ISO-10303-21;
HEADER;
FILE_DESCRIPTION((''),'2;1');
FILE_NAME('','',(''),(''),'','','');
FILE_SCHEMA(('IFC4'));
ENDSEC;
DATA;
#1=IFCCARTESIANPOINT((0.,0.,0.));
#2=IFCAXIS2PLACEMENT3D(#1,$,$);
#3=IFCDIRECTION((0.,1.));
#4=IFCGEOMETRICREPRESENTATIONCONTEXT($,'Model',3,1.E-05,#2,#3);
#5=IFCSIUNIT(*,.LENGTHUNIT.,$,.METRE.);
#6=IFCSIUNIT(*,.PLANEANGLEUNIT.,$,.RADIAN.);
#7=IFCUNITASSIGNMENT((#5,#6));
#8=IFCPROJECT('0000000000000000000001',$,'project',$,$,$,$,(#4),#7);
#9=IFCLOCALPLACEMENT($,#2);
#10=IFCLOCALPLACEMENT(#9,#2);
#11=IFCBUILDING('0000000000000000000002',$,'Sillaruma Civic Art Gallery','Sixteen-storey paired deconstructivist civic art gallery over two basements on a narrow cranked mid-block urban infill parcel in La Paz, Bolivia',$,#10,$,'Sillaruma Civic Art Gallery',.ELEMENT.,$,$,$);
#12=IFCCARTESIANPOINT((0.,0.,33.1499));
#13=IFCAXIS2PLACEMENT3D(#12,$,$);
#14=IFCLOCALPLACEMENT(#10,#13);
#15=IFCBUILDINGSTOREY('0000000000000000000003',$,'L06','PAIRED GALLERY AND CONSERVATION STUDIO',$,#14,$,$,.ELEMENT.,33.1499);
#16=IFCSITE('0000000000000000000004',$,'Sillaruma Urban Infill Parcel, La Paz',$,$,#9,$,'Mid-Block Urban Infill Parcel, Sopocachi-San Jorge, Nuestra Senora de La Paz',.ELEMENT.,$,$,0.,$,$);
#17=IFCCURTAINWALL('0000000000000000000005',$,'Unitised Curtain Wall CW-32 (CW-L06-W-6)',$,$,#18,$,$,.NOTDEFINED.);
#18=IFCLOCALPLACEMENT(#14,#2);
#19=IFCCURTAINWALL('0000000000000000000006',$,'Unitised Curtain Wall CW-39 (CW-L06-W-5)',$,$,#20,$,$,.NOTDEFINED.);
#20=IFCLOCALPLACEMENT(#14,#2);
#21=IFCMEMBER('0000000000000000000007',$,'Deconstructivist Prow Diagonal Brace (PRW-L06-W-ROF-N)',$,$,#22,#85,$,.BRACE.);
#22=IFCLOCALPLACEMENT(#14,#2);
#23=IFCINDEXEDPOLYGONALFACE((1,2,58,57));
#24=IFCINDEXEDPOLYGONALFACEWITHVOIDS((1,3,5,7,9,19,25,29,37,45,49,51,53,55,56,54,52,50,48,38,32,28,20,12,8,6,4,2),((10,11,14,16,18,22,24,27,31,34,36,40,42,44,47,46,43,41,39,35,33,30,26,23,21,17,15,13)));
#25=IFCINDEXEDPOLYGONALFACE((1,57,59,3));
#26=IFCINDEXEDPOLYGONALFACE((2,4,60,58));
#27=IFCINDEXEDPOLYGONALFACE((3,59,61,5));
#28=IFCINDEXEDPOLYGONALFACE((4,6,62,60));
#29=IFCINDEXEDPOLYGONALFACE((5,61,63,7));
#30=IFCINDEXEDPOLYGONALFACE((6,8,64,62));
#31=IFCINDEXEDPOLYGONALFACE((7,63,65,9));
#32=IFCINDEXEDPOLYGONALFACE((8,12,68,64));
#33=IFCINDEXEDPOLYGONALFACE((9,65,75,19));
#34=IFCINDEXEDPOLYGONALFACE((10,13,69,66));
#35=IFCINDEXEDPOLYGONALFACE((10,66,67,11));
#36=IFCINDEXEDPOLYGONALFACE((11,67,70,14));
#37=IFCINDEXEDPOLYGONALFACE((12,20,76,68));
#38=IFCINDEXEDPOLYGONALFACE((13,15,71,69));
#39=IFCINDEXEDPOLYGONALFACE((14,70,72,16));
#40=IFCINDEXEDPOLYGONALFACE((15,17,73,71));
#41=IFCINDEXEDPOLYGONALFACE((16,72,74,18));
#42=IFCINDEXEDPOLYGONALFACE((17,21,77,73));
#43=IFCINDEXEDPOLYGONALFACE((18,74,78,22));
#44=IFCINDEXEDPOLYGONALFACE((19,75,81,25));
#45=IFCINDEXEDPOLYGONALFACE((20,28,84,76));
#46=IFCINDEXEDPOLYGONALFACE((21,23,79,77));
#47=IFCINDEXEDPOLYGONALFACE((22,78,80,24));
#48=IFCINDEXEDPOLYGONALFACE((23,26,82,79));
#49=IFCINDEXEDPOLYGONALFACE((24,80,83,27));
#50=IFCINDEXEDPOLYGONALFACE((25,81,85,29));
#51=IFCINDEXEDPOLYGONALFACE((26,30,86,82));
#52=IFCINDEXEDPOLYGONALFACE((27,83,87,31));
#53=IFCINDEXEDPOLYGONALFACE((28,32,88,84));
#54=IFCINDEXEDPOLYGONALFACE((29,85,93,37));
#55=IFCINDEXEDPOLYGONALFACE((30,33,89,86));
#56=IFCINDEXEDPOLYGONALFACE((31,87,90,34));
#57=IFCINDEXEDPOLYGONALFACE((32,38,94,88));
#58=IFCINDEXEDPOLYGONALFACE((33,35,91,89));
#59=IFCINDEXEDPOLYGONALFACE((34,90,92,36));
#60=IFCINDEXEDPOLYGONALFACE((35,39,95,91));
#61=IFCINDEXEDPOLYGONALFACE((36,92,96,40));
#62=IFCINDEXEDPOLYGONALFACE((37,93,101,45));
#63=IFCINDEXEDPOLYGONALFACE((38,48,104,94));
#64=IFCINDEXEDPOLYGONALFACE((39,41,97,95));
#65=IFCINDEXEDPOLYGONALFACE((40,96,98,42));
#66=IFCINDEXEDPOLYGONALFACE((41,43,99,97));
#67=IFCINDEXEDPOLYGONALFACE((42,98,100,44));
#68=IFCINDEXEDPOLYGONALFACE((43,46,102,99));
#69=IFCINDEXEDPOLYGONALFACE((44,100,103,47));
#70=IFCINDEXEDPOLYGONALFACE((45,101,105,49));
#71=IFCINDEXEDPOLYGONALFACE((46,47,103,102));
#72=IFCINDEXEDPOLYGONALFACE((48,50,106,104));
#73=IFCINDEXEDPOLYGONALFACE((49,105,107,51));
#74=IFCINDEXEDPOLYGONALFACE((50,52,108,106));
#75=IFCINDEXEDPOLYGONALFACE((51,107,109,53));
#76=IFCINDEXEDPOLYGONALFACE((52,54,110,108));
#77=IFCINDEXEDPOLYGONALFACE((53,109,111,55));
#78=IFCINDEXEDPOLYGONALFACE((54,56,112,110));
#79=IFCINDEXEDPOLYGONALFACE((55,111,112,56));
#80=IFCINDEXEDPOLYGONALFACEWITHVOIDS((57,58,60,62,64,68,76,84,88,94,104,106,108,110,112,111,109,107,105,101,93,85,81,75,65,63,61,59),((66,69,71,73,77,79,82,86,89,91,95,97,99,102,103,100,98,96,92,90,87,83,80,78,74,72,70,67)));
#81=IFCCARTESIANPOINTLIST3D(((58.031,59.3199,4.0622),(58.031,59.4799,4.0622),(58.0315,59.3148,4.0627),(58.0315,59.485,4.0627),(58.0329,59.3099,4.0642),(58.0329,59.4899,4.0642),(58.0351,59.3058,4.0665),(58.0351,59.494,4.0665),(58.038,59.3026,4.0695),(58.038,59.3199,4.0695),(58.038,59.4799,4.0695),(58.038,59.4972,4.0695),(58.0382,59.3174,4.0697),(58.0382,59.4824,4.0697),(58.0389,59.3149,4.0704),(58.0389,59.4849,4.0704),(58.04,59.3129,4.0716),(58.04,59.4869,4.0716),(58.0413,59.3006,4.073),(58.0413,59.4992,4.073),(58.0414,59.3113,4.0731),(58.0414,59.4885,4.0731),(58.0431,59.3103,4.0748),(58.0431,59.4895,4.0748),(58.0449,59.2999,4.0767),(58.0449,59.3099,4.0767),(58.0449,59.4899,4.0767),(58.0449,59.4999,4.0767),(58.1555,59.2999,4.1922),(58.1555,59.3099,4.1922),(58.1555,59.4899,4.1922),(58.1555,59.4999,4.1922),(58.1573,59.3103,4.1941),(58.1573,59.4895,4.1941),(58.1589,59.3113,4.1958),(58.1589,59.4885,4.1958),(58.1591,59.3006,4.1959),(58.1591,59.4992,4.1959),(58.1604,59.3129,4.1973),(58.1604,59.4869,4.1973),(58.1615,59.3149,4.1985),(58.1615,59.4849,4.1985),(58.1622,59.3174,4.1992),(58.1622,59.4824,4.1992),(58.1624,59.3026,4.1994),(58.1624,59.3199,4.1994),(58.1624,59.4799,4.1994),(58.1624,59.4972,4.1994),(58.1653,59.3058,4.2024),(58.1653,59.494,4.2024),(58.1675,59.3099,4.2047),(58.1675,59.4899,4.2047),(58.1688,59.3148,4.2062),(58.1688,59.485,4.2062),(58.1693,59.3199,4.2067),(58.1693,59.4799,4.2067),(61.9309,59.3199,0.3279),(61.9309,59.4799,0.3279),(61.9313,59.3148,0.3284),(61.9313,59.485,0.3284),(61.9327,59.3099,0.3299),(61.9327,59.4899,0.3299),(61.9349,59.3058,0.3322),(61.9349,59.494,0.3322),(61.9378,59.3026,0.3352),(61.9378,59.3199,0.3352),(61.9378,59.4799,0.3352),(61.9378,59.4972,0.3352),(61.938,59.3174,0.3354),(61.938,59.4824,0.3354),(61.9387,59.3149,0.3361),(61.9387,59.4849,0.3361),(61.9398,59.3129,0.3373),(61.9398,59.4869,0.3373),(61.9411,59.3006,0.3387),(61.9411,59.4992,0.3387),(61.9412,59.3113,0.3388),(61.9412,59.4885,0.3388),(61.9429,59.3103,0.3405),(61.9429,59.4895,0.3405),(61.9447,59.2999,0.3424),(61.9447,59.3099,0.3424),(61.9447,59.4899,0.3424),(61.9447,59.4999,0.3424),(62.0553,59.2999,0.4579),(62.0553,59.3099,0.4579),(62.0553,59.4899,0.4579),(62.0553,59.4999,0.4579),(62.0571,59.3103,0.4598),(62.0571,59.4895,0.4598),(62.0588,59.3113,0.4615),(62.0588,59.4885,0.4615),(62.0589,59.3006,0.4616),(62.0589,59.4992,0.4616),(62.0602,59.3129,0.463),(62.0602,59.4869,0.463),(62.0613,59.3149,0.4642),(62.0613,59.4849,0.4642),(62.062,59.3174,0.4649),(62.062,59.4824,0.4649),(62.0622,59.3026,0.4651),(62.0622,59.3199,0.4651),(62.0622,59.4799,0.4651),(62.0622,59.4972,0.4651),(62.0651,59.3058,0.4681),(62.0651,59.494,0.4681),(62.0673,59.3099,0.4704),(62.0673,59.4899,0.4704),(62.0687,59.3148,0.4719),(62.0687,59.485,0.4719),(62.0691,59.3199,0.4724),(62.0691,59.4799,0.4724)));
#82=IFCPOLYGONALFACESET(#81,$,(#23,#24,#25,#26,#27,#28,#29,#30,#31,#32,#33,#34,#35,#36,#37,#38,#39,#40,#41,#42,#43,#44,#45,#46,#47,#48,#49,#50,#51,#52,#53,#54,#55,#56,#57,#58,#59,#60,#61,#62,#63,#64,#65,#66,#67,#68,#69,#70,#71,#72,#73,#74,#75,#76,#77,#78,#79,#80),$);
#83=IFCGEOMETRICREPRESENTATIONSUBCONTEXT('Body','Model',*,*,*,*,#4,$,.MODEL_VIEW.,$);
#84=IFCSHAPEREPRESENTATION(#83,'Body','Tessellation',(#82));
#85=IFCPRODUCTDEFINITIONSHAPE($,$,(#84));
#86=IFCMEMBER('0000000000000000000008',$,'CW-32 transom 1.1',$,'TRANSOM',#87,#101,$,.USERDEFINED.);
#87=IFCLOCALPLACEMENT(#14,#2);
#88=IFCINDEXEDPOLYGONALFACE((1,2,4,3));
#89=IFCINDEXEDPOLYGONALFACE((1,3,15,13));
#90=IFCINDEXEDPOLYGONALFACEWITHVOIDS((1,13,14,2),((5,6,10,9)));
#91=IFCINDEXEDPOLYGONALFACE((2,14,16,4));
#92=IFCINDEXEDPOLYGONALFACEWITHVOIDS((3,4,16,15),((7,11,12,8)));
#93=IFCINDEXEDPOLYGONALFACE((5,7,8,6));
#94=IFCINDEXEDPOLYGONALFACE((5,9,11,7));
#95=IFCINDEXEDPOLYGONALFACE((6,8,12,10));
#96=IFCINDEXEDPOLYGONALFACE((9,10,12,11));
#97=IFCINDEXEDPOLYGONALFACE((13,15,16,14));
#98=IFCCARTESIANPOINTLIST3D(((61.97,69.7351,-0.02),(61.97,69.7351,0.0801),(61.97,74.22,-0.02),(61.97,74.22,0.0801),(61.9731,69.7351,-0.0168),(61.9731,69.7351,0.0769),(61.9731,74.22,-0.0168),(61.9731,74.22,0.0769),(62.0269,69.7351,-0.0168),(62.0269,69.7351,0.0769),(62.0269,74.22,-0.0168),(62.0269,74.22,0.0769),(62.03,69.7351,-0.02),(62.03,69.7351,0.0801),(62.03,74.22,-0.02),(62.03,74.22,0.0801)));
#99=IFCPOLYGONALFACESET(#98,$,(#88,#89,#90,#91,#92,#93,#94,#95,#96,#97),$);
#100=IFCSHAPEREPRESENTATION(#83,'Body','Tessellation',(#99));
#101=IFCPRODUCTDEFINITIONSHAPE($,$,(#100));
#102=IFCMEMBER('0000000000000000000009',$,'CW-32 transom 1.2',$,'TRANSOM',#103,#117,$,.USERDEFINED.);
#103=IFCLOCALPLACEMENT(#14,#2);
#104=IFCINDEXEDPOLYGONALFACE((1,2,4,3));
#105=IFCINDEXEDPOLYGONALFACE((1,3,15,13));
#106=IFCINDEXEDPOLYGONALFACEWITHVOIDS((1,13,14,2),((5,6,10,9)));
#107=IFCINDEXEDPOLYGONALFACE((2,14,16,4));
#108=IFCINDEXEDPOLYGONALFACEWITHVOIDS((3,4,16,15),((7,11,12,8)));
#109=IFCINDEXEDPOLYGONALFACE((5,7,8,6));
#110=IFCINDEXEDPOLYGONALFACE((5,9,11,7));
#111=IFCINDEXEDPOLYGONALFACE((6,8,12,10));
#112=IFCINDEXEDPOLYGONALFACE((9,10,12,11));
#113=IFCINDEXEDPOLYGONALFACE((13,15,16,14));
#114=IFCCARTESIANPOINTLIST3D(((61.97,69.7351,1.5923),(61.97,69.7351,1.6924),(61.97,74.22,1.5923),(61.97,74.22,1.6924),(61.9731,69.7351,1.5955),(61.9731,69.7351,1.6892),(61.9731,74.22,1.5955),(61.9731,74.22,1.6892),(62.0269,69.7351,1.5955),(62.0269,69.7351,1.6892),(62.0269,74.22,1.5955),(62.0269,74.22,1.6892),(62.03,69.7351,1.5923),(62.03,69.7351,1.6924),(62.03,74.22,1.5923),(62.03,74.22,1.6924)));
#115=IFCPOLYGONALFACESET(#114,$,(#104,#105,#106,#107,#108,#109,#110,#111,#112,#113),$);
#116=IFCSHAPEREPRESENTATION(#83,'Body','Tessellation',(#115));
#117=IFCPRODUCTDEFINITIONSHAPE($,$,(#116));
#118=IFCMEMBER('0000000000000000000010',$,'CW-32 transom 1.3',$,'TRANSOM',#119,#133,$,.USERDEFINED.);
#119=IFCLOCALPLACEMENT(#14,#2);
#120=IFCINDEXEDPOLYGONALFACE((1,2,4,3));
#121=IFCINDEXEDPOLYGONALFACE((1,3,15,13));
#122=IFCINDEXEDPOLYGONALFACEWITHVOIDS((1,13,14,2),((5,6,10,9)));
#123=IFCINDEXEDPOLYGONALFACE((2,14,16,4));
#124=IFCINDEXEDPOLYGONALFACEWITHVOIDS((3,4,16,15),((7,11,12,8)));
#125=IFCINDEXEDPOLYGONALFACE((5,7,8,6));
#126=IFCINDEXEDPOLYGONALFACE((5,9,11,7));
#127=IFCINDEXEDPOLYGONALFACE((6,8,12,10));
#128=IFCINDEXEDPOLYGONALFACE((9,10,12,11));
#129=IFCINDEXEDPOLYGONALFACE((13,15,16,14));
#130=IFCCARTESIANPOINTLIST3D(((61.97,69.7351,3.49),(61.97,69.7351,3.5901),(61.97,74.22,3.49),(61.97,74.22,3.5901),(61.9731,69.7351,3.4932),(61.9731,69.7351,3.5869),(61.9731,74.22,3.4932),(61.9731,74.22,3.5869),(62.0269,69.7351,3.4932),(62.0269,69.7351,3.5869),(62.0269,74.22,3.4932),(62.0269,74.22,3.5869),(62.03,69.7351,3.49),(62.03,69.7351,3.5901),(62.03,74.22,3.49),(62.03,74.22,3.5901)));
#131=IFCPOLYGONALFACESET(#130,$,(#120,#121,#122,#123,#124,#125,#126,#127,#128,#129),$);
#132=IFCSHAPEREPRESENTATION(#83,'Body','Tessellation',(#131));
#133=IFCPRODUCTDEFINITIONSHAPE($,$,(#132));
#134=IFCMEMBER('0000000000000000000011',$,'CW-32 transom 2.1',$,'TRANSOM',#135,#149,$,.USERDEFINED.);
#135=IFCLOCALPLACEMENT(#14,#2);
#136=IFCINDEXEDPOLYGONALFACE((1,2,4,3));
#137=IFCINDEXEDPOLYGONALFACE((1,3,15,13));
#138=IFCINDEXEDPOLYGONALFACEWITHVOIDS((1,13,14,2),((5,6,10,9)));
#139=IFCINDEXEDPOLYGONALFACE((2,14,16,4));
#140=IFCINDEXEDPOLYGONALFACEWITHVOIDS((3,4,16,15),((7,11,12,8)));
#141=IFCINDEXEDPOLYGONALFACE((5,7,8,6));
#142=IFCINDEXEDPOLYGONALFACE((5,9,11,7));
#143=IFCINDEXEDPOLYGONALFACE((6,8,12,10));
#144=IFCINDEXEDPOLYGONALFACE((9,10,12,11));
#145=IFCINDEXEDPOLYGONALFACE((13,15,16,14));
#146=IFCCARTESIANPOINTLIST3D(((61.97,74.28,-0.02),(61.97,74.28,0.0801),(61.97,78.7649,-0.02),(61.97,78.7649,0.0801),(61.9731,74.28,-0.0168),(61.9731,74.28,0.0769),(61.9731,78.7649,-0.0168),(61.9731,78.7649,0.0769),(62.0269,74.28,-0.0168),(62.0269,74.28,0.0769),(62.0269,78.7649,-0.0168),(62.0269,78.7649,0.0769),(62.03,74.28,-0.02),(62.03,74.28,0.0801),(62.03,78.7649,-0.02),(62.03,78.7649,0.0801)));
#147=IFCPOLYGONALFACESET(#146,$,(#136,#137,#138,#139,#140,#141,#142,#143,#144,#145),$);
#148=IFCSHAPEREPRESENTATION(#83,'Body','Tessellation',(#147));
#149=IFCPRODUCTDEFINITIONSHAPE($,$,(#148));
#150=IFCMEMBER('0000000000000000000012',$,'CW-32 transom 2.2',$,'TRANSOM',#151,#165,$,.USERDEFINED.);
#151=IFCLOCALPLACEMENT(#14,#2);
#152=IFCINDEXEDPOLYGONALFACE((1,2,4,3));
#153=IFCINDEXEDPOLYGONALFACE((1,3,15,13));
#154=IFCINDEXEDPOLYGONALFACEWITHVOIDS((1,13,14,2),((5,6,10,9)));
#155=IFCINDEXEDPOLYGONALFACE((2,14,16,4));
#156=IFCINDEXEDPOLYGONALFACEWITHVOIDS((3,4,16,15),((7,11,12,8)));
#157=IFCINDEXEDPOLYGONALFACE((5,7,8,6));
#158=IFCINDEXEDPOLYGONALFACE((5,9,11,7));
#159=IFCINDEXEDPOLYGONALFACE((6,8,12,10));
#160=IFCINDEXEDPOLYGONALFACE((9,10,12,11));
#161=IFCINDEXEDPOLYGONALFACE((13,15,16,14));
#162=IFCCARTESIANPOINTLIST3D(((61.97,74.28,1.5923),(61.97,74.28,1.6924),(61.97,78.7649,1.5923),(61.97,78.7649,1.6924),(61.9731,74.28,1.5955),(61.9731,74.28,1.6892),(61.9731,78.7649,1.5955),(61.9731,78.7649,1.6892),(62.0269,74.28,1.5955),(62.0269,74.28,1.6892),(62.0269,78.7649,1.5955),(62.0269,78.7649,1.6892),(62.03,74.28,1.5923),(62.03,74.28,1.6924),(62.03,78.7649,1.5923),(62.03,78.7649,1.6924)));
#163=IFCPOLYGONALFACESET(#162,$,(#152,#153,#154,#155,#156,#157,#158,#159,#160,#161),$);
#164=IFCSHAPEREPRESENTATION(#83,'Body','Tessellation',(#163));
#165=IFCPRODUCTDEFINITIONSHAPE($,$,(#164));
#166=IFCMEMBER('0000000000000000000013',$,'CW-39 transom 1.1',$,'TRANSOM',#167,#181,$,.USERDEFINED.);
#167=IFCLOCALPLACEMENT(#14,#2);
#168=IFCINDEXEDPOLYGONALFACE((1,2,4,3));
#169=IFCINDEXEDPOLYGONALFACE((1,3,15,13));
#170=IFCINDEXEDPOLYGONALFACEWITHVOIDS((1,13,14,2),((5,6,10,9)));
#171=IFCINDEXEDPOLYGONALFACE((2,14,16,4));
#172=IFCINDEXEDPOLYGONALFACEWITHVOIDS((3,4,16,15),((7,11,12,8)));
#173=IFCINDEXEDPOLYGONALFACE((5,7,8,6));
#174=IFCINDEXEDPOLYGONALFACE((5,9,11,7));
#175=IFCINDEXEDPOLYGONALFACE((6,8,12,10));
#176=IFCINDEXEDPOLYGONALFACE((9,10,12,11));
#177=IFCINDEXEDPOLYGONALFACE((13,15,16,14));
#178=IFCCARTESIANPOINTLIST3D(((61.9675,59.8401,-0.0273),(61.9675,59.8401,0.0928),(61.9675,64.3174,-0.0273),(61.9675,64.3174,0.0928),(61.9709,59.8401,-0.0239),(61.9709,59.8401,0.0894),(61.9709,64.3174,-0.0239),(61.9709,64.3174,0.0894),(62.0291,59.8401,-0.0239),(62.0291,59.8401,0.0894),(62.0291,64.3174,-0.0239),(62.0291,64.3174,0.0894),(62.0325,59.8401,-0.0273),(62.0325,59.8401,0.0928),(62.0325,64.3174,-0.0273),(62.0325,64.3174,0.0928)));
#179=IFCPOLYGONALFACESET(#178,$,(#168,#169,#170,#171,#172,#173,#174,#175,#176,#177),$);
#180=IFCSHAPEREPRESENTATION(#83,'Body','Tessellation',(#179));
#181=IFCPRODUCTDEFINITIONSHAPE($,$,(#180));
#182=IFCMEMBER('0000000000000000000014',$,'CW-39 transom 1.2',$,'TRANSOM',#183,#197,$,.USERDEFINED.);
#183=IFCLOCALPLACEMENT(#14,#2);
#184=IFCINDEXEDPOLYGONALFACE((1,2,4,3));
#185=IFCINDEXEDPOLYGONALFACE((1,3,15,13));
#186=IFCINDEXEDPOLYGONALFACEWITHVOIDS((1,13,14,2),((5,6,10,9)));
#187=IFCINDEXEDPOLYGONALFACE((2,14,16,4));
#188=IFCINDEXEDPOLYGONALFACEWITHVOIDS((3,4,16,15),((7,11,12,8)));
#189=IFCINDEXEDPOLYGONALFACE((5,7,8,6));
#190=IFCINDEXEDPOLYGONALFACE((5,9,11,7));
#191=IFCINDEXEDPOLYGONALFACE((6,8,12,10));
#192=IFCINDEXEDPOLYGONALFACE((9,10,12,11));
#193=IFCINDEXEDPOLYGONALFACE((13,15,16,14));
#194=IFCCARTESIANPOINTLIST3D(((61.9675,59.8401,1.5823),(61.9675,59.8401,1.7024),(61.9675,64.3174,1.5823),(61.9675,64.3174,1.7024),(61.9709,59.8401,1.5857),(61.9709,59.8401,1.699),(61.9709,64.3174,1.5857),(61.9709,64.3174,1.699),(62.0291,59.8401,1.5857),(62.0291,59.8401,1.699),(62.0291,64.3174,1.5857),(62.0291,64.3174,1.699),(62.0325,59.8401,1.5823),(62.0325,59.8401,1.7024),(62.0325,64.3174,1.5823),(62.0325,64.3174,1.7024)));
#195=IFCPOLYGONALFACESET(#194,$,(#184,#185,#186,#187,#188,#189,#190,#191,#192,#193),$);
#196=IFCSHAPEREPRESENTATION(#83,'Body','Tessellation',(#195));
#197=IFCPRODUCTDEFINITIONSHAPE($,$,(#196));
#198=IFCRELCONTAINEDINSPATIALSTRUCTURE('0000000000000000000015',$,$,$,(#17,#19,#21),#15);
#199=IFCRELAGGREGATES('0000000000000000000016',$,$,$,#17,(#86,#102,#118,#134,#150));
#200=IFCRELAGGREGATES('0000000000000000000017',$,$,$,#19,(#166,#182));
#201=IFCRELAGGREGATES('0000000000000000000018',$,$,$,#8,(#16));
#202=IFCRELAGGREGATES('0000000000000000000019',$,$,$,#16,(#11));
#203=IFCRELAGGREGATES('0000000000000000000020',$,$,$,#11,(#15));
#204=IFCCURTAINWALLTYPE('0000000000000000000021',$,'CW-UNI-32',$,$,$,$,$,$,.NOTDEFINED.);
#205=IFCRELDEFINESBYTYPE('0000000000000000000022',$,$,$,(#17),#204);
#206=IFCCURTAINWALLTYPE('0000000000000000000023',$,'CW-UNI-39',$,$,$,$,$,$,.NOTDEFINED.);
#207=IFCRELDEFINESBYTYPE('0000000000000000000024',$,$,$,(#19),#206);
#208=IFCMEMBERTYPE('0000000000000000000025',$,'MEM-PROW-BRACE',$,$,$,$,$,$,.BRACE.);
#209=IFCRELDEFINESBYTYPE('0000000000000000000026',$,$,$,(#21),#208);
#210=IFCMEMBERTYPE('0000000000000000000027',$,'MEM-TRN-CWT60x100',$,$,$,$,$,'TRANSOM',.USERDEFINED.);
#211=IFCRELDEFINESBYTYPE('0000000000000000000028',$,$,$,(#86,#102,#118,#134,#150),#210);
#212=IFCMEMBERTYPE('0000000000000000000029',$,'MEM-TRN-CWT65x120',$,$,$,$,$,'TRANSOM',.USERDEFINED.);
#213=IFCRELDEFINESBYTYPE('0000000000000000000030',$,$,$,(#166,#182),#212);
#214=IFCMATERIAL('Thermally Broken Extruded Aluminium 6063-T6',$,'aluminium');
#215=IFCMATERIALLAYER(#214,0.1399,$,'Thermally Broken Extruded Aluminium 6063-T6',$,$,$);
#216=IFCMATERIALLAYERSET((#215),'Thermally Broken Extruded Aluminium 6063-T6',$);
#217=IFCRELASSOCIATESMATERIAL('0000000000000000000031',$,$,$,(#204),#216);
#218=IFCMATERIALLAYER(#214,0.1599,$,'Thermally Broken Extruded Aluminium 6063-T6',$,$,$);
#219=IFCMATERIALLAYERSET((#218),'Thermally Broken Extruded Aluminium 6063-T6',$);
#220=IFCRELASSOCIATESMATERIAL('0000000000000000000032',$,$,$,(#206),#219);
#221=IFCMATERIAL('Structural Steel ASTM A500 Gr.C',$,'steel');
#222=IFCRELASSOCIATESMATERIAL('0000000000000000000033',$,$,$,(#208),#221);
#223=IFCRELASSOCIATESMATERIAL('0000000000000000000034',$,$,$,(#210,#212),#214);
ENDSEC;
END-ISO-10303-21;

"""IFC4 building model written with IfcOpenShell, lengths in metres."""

from ifc_helpers import new_model, si_unit, direction, frame, origin, origin_2d, place, context, subcontext, project, spatial, hollow_rectangle, extrude, material, layer, layer_set, material_profile, profile_set, type_object, element, aggregate, save


model = new_model("IFC4")

# Units and contexts
model_context = context("Model", 3, precision=1e-05, world=origin(), true_north=direction((0.0, 1.0)))
body_context = subcontext(model_context, "Body", "Model", "MODEL_VIEW")
ifc_project = project(units=[si_unit("LENGTHUNIT", "METRE"), si_unit("PLANEANGLEUNIT", "RADIAN")], contexts=[model_context])

# Site, building, storey
site_placement = place(None, origin())
site = spatial("IfcSite", under=ifc_project, at=site_placement, Name="Sillaruma Urban Infill Parcel, La Paz", LongName="Mid-Block Urban Infill Parcel, Sopocachi-San Jorge, Nuestra Senora de La Paz", CompositionType="ELEMENT", RefElevation=0.0)
building_placement = place(site_placement, origin())
building = spatial("IfcBuilding", under=site, at=building_placement, Name="Sillaruma Civic Art Gallery", Description="Sixteen-storey paired deconstructivist civic art gallery over two basements on a narrow cranked mid-block urban infill parcel in La Paz, Bolivia", LongName="Sillaruma Civic Art Gallery", CompositionType="ELEMENT")
storey_placement = place(building_placement, frame((0.0, 0.0, 33.1499)))
storey = spatial("IfcBuildingStorey", under=building, at=storey_placement, Name="L06", Description="PAIRED GALLERY AND CONSERVATION STUDIO", CompositionType="ELEMENT", Elevation=33.1499)

# Curtain walls
ifc_material_1 = material(Name="Thermally Broken Extruded Aluminium 6063-T6", Category="aluminium")
ifc_layer_1 = layer(ifc_material_1, 0.1399, Name="Thermally Broken Extruded Aluminium 6063-T6")
ifc_layer_set_1 = layer_set([ifc_layer_1], Name="Thermally Broken Extruded Aluminium 6063-T6")
curtain_wall_type_1 = type_object("IfcCurtainWallType", Name="CW-UNI-32", PredefinedType="NOTDEFINED", material=ifc_layer_set_1)
curtain_wall_1_placement = place(storey_placement, origin())
curtain_wall_1 = element("IfcCurtainWall", 1, at=curtain_wall_1_placement, inside=storey, type_object=curtain_wall_type_1, Name="Unitised Curtain Wall CW-32 (CW-L06-W-6)", PredefinedType="NOTDEFINED")
ifc_layer_2 = layer(ifc_material_1, 0.1599, Name="Thermally Broken Extruded Aluminium 6063-T6")
ifc_layer_set_2 = layer_set([ifc_layer_2], Name="Thermally Broken Extruded Aluminium 6063-T6")
curtain_wall_type_2 = type_object("IfcCurtainWallType", Name="CW-UNI-39", PredefinedType="NOTDEFINED", material=ifc_layer_set_2)
curtain_wall_2_placement = place(storey_placement, origin())
curtain_wall_2 = element("IfcCurtainWall", 2, at=curtain_wall_2_placement, inside=storey, type_object=curtain_wall_type_2, Name="Unitised Curtain Wall CW-39 (CW-L06-W-5)", PredefinedType="NOTDEFINED")

# Members
ifc_material_2 = material(Name="Structural Steel ASTM A500 Gr.C", Category="steel")
ifc_material_profile_1 = material_profile(ifc_material_2, hollow_rectangle(XDim=0.2, YDim=0.2, WallThickness=0.01, InnerFilletRadius=0.01, OuterFilletRadius=0.02, at=origin_2d()), Name="HSS200x200x10")
ifc_profile_set_1 = profile_set([ifc_material_profile_1], Name="Structural Steel ASTM A500 Gr.C")
member_type_1 = type_object("IfcMemberType", Name="MEM-PROW-BRACE", PredefinedType="BRACE", material=ifc_profile_set_1)
member_1_placement = place(storey_placement, frame((62.0, 59.3999, 0.4001), z_axis=(-0.722269, 0.0, 0.691613), x_axis=(0.0, -1.0, 0.0)))
element("IfcMember", 3, at=member_1_placement, inside=storey, type_object=member_type_1, Name="Deconstructivist Prow Diagonal Brace (PRW-L06-W-ROF-N)", PredefinedType="BRACE", context=body_context, shape_type="SweptSolid", body=[
    extrude(hollow_rectangle(XDim=0.2, YDim=0.2, WallThickness=0.01, InnerFilletRadius=0.01, OuterFilletRadius=0.02, at=origin_2d()), origin(), (0.0, 0.0, 1.0), 5.3994),
])
ifc_material_profile_2 = material_profile(ifc_material_1, hollow_rectangle(XDim=0.0601, YDim=0.1001, WallThickness=0.0032, at=origin_2d()), Name="CWT60x100")
ifc_profile_set_2 = profile_set([ifc_material_profile_2], Name="Thermally Broken Extruded Aluminium 6063-T6")
member_type_2 = type_object("IfcMemberType", Name="MEM-TRN-CWT60x100", ElementType="TRANSOM", PredefinedType="USERDEFINED", material=ifc_profile_set_2)
member_2_placement = place(storey_placement, frame((62.0, 69.7351, 0.03), z_axis=(0.0, 1.0, 0.0), x_axis=(-1.0, 0.0, 0.0)))
member_2 = element("IfcMember", 4, at=member_2_placement, type_object=member_type_2, Name="CW-32 transom 1.1", ObjectType="TRANSOM", PredefinedType="USERDEFINED", context=body_context, shape_type="SweptSolid", body=[
    extrude(hollow_rectangle(XDim=0.0601, YDim=0.1001, WallThickness=0.0032, at=origin_2d()), origin(), (0.0, 0.0, 1.0), 4.4849),
])
member_3_placement = place(storey_placement, frame((62.0, 69.7351, 1.6423), z_axis=(0.0, 1.0, 0.0), x_axis=(-1.0, 0.0, 0.0)))
member_3 = element("IfcMember", 5, at=member_3_placement, type_object=member_type_2, Name="CW-32 transom 1.2", ObjectType="TRANSOM", PredefinedType="USERDEFINED", context=body_context, shape_type="SweptSolid", body=[
    extrude(hollow_rectangle(XDim=0.0601, YDim=0.1001, WallThickness=0.0032, at=origin_2d()), origin(), (0.0, 0.0, 1.0), 4.4849),
])
member_4_placement = place(storey_placement, frame((62.0, 69.7351, 3.54), z_axis=(0.0, 1.0, 0.0), x_axis=(-1.0, 0.0, 0.0)))
member_4 = element("IfcMember", 6, at=member_4_placement, type_object=member_type_2, Name="CW-32 transom 1.3", ObjectType="TRANSOM", PredefinedType="USERDEFINED", context=body_context, shape_type="SweptSolid", body=[
    extrude(hollow_rectangle(XDim=0.0601, YDim=0.1001, WallThickness=0.0032, at=origin_2d()), origin(), (0.0, 0.0, 1.0), 4.4849),
])
member_5_placement = place(storey_placement, frame((62.0, 74.28, 0.03), z_axis=(0.0, 1.0, 0.0), x_axis=(-1.0, 0.0, 0.0)))
member_5 = element("IfcMember", 7, at=member_5_placement, type_object=member_type_2, Name="CW-32 transom 2.1", ObjectType="TRANSOM", PredefinedType="USERDEFINED", context=body_context, shape_type="SweptSolid", body=[
    extrude(hollow_rectangle(XDim=0.0601, YDim=0.1001, WallThickness=0.0032, at=origin_2d()), origin(), (0.0, 0.0, 1.0), 4.4849),
])
member_6_placement = place(storey_placement, frame((62.0, 74.28, 1.6423), z_axis=(0.0, 1.0, 0.0), x_axis=(-1.0, 0.0, 0.0)))
member_6 = element("IfcMember", 8, at=member_6_placement, type_object=member_type_2, Name="CW-32 transom 2.2", ObjectType="TRANSOM", PredefinedType="USERDEFINED", context=body_context, shape_type="SweptSolid", body=[
    extrude(hollow_rectangle(XDim=0.0601, YDim=0.1001, WallThickness=0.0032, at=origin_2d()), origin(), (0.0, 0.0, 1.0), 4.4849),
])
ifc_material_profile_3 = material_profile(ifc_material_1, hollow_rectangle(XDim=0.0649, YDim=0.1201, WallThickness=0.0034, at=origin_2d()), Name="CWT65x120")
ifc_profile_set_3 = profile_set([ifc_material_profile_3], Name="Thermally Broken Extruded Aluminium 6063-T6")
member_type_3 = type_object("IfcMemberType", Name="MEM-TRN-CWT65x120", ElementType="TRANSOM", PredefinedType="USERDEFINED", material=ifc_profile_set_3)
member_7_placement = place(storey_placement, frame((62.0, 59.8401, 0.0327), z_axis=(0.0, 1.0, 0.0), x_axis=(-1.0, 0.0, 0.0)))
member_7 = element("IfcMember", 9, at=member_7_placement, type_object=member_type_3, Name="CW-39 transom 1.1", ObjectType="TRANSOM", PredefinedType="USERDEFINED", context=body_context, shape_type="SweptSolid", body=[
    extrude(hollow_rectangle(XDim=0.0649, YDim=0.1201, WallThickness=0.0034, at=origin_2d()), origin(), (0.0, 0.0, 1.0), 4.4773),
])
member_8_placement = place(storey_placement, frame((62.0, 59.8401, 1.6423), z_axis=(0.0, 1.0, 0.0), x_axis=(-1.0, 0.0, 0.0)))
member_8 = element("IfcMember", 10, at=member_8_placement, type_object=member_type_3, Name="CW-39 transom 1.2", ObjectType="TRANSOM", PredefinedType="USERDEFINED", context=body_context, shape_type="SweptSolid", body=[
    extrude(hollow_rectangle(XDim=0.0649, YDim=0.1201, WallThickness=0.0034, at=origin_2d()), origin(), (0.0, 0.0, 1.0), 4.4773),
])

aggregate(curtain_wall_1, [member_2, member_3, member_4, member_5, member_6])
aggregate(curtain_wall_2, [member_7, member_8])

save(model, "model.ifc")
